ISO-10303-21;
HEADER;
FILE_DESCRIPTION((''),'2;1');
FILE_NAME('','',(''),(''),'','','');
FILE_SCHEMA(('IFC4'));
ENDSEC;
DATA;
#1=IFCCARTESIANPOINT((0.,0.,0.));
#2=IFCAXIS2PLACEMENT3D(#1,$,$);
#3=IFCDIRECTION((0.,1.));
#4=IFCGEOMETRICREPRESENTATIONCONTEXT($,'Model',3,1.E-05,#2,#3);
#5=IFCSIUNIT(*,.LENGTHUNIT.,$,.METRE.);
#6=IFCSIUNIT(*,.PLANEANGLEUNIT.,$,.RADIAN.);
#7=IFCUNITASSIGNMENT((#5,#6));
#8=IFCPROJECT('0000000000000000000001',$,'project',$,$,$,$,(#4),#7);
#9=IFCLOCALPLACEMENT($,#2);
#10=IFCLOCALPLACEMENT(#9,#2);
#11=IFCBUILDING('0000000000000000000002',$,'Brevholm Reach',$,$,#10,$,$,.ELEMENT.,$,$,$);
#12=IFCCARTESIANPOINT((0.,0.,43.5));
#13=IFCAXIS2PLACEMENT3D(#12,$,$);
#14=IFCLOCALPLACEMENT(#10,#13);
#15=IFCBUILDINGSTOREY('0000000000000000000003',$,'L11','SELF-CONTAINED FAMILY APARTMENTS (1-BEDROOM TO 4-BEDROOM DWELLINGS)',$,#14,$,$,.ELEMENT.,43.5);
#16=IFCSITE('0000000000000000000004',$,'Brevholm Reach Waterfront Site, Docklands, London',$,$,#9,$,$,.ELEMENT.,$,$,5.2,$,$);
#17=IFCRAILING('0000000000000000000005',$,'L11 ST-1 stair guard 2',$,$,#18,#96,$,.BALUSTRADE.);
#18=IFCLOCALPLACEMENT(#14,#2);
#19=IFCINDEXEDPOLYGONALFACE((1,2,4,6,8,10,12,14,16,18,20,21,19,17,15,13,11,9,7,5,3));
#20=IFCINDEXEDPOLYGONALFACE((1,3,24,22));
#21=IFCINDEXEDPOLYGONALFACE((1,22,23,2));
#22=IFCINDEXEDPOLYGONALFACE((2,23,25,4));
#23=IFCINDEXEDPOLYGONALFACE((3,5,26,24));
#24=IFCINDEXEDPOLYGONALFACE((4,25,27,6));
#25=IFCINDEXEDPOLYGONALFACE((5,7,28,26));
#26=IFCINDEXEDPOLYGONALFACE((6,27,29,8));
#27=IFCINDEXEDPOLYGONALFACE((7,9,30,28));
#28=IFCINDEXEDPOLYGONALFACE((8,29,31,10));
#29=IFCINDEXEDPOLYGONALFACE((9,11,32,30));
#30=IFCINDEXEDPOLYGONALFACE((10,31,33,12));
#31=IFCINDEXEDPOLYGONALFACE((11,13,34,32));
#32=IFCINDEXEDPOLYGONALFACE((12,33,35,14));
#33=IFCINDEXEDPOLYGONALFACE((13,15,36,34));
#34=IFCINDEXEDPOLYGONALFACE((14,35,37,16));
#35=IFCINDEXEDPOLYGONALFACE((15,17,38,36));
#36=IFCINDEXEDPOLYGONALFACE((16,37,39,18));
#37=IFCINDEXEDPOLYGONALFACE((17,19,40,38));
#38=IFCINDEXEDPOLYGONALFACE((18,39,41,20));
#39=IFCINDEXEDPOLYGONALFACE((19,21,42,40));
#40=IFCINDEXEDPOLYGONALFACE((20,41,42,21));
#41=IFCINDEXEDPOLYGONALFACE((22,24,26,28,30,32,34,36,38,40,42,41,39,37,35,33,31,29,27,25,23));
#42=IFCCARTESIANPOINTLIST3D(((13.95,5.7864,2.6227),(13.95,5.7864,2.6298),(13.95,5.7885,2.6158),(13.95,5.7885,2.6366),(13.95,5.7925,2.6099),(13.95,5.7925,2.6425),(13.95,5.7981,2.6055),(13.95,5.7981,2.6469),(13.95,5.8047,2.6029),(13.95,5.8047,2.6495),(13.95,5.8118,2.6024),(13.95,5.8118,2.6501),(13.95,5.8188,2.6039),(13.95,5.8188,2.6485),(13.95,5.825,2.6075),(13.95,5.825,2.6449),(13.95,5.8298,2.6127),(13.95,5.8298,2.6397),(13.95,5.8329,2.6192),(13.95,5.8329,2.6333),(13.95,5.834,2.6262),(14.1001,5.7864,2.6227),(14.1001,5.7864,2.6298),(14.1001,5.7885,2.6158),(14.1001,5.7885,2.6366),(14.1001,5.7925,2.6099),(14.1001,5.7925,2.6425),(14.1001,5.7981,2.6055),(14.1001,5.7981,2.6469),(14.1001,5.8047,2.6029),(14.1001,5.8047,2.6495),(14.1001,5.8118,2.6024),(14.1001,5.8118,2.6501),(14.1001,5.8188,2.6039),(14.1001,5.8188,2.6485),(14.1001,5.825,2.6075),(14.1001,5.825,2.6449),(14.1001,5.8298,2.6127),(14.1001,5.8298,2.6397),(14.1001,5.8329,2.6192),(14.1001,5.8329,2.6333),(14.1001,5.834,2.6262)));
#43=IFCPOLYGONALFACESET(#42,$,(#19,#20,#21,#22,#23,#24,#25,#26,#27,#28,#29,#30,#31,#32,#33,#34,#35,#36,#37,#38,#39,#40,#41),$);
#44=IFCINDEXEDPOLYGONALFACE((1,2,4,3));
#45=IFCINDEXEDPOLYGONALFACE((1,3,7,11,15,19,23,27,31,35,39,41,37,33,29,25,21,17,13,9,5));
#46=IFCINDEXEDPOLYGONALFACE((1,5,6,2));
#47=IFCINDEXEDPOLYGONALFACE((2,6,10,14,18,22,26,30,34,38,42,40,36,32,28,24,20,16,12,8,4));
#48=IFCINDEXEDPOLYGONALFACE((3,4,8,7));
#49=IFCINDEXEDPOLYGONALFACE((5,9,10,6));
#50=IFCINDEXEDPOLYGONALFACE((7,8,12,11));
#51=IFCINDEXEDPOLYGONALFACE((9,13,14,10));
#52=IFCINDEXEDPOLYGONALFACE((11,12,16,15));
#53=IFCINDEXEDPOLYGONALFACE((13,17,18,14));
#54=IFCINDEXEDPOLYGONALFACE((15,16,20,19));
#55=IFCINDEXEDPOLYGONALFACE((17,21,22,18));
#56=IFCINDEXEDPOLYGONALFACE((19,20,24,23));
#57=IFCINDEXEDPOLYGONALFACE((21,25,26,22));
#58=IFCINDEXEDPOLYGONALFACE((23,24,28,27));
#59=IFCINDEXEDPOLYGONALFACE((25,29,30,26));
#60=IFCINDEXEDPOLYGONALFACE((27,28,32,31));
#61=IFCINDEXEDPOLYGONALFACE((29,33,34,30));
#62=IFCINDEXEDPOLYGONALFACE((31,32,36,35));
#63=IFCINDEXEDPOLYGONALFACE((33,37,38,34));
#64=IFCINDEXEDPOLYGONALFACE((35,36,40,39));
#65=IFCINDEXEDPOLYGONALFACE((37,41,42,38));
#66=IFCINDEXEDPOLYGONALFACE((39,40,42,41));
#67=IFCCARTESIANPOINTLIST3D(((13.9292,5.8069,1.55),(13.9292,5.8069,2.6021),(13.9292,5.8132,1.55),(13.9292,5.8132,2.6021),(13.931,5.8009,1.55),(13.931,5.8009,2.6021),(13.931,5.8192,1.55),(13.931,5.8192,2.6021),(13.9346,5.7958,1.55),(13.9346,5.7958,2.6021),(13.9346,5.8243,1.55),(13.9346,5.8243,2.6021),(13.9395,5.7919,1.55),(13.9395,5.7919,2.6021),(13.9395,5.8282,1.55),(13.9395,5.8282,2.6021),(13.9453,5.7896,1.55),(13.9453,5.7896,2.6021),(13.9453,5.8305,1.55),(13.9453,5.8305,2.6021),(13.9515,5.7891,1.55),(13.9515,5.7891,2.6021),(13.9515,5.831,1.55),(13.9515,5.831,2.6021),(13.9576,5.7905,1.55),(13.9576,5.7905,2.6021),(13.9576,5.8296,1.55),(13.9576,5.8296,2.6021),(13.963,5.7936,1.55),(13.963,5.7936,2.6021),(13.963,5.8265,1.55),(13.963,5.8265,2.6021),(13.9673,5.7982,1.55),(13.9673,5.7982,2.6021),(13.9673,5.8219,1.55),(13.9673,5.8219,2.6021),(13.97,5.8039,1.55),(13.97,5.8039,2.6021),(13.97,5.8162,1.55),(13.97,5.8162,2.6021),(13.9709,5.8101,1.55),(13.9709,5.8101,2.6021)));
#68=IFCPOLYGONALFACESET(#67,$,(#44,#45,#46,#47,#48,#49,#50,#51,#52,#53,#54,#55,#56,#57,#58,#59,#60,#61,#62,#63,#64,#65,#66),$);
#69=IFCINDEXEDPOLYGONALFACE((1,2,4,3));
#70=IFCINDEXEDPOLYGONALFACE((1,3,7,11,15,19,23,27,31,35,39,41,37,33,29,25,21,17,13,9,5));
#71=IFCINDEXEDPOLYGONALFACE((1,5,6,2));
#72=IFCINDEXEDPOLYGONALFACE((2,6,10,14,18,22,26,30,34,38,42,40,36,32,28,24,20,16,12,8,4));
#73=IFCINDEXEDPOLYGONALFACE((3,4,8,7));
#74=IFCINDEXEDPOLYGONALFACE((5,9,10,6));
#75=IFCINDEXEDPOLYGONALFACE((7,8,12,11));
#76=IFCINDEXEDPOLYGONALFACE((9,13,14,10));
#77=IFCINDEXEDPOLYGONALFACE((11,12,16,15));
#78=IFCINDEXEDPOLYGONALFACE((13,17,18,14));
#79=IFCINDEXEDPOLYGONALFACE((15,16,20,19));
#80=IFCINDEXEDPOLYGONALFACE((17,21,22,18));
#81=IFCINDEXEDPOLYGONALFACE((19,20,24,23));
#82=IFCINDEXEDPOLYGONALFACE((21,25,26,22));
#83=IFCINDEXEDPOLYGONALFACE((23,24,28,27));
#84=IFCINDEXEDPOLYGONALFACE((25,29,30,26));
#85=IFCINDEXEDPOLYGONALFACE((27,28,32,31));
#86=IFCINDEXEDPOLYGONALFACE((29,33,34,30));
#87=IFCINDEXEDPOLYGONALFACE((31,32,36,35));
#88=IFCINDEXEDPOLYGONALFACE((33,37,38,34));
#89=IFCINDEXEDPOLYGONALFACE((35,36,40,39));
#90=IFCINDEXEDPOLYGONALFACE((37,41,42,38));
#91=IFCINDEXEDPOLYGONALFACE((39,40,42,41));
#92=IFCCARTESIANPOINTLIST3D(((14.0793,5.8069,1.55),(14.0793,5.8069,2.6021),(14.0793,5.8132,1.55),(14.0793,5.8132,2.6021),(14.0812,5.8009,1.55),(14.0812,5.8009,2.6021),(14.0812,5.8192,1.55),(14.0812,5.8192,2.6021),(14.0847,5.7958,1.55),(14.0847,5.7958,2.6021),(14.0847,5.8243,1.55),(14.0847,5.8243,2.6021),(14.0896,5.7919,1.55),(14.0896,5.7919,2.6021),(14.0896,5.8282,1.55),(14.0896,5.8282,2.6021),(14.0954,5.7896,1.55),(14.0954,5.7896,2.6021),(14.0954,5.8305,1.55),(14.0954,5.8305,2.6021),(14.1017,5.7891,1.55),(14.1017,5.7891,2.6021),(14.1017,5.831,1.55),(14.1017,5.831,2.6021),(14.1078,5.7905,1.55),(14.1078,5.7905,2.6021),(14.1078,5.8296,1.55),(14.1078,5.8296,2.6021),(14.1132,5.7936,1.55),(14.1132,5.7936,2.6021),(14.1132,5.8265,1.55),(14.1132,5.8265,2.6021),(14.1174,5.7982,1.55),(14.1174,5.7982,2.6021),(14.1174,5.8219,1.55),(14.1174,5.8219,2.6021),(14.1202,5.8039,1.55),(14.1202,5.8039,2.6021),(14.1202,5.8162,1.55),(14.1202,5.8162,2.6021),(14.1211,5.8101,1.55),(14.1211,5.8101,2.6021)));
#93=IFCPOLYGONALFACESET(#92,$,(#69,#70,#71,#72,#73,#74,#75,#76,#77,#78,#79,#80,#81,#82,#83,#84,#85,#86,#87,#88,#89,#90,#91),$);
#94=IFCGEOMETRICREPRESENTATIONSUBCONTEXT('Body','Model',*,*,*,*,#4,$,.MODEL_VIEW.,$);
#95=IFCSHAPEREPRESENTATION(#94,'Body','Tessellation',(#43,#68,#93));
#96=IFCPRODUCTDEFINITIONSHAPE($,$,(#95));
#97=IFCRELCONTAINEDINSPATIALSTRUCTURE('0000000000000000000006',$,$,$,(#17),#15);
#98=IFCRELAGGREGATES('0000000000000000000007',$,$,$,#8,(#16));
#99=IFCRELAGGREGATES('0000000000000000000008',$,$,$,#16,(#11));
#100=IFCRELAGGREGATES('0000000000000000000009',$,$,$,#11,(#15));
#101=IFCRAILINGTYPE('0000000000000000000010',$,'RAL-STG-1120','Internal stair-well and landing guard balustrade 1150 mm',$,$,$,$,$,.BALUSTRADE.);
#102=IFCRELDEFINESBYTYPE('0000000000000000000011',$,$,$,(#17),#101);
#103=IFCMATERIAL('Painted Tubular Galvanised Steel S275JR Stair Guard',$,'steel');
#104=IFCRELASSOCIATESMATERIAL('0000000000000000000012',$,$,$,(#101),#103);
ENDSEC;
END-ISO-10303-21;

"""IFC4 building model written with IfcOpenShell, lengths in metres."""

from ifc_helpers import new_model, si_unit, direction, frame, origin, origin_2d, place, context, subcontext, project, spatial, circle, extrude, material, type_object, element, save


model = new_model("IFC4")

# Units and contexts
model_context = context("Model", 3, precision=1e-05, world=origin(), true_north=direction((0.0, 1.0)))
body_context = subcontext(model_context, "Body", "Model", "MODEL_VIEW")
ifc_project = project(units=[si_unit("LENGTHUNIT", "METRE"), si_unit("PLANEANGLEUNIT", "RADIAN")], contexts=[model_context])

# Site, building, storey
site_placement = place(None, origin())
site = spatial("IfcSite", under=ifc_project, at=site_placement, Name="Brevholm Reach Waterfront Site, Docklands, London", CompositionType="ELEMENT", RefElevation=5.2)
building_placement = place(site_placement, origin())
building = spatial("IfcBuilding", under=site, at=building_placement, Name="Brevholm Reach", CompositionType="ELEMENT")
storey_placement = place(building_placement, frame((0.0, 0.0, 43.5)))
storey = spatial("IfcBuildingStorey", under=building, at=storey_placement, Name="L11", Description="SELF-CONTAINED FAMILY APARTMENTS (1-BEDROOM TO 4-BEDROOM DWELLINGS)", CompositionType="ELEMENT", Elevation=43.5)

# Railing
ifc_material_1 = material(Name="Painted Tubular Galvanised Steel S275JR Stair Guard", Category="steel")
railing_type_1 = type_object("IfcRailingType", Name="RAL-STG-1120", Description="Internal stair-well and landing guard balustrade 1150 mm", PredefinedType="BALUSTRADE", material=ifc_material_1)
railing_1_placement = place(storey_placement, frame((13.95, 5.8101, 1.55)))
element("IfcRailing", 1, at=railing_1_placement, inside=storey, type_object=railing_type_1, Name="L11 ST-1 stair guard 2", PredefinedType="BALUSTRADE", context=body_context, shape_type="SweptSolid", body=[
    extrude(circle(Radius=0.0239, at=origin_2d()), frame((0.0, 0.0, 1.0762), z_axis=(1.0, 0.0, 0.0), x_axis=(0.0, 1.0, 0.0)), (0.0, 0.0, 1.0), 0.1501),
    extrude(circle(Radius=0.021, at=origin_2d()), origin(), (0.0, 0.0, 1.0), 1.052),
    extrude(circle(Radius=0.021, at=origin_2d()), frame((0.1501, 0.0, 0.0)), (0.0, 0.0, 1.0), 1.052),
])

save(model, "model.ifc")
